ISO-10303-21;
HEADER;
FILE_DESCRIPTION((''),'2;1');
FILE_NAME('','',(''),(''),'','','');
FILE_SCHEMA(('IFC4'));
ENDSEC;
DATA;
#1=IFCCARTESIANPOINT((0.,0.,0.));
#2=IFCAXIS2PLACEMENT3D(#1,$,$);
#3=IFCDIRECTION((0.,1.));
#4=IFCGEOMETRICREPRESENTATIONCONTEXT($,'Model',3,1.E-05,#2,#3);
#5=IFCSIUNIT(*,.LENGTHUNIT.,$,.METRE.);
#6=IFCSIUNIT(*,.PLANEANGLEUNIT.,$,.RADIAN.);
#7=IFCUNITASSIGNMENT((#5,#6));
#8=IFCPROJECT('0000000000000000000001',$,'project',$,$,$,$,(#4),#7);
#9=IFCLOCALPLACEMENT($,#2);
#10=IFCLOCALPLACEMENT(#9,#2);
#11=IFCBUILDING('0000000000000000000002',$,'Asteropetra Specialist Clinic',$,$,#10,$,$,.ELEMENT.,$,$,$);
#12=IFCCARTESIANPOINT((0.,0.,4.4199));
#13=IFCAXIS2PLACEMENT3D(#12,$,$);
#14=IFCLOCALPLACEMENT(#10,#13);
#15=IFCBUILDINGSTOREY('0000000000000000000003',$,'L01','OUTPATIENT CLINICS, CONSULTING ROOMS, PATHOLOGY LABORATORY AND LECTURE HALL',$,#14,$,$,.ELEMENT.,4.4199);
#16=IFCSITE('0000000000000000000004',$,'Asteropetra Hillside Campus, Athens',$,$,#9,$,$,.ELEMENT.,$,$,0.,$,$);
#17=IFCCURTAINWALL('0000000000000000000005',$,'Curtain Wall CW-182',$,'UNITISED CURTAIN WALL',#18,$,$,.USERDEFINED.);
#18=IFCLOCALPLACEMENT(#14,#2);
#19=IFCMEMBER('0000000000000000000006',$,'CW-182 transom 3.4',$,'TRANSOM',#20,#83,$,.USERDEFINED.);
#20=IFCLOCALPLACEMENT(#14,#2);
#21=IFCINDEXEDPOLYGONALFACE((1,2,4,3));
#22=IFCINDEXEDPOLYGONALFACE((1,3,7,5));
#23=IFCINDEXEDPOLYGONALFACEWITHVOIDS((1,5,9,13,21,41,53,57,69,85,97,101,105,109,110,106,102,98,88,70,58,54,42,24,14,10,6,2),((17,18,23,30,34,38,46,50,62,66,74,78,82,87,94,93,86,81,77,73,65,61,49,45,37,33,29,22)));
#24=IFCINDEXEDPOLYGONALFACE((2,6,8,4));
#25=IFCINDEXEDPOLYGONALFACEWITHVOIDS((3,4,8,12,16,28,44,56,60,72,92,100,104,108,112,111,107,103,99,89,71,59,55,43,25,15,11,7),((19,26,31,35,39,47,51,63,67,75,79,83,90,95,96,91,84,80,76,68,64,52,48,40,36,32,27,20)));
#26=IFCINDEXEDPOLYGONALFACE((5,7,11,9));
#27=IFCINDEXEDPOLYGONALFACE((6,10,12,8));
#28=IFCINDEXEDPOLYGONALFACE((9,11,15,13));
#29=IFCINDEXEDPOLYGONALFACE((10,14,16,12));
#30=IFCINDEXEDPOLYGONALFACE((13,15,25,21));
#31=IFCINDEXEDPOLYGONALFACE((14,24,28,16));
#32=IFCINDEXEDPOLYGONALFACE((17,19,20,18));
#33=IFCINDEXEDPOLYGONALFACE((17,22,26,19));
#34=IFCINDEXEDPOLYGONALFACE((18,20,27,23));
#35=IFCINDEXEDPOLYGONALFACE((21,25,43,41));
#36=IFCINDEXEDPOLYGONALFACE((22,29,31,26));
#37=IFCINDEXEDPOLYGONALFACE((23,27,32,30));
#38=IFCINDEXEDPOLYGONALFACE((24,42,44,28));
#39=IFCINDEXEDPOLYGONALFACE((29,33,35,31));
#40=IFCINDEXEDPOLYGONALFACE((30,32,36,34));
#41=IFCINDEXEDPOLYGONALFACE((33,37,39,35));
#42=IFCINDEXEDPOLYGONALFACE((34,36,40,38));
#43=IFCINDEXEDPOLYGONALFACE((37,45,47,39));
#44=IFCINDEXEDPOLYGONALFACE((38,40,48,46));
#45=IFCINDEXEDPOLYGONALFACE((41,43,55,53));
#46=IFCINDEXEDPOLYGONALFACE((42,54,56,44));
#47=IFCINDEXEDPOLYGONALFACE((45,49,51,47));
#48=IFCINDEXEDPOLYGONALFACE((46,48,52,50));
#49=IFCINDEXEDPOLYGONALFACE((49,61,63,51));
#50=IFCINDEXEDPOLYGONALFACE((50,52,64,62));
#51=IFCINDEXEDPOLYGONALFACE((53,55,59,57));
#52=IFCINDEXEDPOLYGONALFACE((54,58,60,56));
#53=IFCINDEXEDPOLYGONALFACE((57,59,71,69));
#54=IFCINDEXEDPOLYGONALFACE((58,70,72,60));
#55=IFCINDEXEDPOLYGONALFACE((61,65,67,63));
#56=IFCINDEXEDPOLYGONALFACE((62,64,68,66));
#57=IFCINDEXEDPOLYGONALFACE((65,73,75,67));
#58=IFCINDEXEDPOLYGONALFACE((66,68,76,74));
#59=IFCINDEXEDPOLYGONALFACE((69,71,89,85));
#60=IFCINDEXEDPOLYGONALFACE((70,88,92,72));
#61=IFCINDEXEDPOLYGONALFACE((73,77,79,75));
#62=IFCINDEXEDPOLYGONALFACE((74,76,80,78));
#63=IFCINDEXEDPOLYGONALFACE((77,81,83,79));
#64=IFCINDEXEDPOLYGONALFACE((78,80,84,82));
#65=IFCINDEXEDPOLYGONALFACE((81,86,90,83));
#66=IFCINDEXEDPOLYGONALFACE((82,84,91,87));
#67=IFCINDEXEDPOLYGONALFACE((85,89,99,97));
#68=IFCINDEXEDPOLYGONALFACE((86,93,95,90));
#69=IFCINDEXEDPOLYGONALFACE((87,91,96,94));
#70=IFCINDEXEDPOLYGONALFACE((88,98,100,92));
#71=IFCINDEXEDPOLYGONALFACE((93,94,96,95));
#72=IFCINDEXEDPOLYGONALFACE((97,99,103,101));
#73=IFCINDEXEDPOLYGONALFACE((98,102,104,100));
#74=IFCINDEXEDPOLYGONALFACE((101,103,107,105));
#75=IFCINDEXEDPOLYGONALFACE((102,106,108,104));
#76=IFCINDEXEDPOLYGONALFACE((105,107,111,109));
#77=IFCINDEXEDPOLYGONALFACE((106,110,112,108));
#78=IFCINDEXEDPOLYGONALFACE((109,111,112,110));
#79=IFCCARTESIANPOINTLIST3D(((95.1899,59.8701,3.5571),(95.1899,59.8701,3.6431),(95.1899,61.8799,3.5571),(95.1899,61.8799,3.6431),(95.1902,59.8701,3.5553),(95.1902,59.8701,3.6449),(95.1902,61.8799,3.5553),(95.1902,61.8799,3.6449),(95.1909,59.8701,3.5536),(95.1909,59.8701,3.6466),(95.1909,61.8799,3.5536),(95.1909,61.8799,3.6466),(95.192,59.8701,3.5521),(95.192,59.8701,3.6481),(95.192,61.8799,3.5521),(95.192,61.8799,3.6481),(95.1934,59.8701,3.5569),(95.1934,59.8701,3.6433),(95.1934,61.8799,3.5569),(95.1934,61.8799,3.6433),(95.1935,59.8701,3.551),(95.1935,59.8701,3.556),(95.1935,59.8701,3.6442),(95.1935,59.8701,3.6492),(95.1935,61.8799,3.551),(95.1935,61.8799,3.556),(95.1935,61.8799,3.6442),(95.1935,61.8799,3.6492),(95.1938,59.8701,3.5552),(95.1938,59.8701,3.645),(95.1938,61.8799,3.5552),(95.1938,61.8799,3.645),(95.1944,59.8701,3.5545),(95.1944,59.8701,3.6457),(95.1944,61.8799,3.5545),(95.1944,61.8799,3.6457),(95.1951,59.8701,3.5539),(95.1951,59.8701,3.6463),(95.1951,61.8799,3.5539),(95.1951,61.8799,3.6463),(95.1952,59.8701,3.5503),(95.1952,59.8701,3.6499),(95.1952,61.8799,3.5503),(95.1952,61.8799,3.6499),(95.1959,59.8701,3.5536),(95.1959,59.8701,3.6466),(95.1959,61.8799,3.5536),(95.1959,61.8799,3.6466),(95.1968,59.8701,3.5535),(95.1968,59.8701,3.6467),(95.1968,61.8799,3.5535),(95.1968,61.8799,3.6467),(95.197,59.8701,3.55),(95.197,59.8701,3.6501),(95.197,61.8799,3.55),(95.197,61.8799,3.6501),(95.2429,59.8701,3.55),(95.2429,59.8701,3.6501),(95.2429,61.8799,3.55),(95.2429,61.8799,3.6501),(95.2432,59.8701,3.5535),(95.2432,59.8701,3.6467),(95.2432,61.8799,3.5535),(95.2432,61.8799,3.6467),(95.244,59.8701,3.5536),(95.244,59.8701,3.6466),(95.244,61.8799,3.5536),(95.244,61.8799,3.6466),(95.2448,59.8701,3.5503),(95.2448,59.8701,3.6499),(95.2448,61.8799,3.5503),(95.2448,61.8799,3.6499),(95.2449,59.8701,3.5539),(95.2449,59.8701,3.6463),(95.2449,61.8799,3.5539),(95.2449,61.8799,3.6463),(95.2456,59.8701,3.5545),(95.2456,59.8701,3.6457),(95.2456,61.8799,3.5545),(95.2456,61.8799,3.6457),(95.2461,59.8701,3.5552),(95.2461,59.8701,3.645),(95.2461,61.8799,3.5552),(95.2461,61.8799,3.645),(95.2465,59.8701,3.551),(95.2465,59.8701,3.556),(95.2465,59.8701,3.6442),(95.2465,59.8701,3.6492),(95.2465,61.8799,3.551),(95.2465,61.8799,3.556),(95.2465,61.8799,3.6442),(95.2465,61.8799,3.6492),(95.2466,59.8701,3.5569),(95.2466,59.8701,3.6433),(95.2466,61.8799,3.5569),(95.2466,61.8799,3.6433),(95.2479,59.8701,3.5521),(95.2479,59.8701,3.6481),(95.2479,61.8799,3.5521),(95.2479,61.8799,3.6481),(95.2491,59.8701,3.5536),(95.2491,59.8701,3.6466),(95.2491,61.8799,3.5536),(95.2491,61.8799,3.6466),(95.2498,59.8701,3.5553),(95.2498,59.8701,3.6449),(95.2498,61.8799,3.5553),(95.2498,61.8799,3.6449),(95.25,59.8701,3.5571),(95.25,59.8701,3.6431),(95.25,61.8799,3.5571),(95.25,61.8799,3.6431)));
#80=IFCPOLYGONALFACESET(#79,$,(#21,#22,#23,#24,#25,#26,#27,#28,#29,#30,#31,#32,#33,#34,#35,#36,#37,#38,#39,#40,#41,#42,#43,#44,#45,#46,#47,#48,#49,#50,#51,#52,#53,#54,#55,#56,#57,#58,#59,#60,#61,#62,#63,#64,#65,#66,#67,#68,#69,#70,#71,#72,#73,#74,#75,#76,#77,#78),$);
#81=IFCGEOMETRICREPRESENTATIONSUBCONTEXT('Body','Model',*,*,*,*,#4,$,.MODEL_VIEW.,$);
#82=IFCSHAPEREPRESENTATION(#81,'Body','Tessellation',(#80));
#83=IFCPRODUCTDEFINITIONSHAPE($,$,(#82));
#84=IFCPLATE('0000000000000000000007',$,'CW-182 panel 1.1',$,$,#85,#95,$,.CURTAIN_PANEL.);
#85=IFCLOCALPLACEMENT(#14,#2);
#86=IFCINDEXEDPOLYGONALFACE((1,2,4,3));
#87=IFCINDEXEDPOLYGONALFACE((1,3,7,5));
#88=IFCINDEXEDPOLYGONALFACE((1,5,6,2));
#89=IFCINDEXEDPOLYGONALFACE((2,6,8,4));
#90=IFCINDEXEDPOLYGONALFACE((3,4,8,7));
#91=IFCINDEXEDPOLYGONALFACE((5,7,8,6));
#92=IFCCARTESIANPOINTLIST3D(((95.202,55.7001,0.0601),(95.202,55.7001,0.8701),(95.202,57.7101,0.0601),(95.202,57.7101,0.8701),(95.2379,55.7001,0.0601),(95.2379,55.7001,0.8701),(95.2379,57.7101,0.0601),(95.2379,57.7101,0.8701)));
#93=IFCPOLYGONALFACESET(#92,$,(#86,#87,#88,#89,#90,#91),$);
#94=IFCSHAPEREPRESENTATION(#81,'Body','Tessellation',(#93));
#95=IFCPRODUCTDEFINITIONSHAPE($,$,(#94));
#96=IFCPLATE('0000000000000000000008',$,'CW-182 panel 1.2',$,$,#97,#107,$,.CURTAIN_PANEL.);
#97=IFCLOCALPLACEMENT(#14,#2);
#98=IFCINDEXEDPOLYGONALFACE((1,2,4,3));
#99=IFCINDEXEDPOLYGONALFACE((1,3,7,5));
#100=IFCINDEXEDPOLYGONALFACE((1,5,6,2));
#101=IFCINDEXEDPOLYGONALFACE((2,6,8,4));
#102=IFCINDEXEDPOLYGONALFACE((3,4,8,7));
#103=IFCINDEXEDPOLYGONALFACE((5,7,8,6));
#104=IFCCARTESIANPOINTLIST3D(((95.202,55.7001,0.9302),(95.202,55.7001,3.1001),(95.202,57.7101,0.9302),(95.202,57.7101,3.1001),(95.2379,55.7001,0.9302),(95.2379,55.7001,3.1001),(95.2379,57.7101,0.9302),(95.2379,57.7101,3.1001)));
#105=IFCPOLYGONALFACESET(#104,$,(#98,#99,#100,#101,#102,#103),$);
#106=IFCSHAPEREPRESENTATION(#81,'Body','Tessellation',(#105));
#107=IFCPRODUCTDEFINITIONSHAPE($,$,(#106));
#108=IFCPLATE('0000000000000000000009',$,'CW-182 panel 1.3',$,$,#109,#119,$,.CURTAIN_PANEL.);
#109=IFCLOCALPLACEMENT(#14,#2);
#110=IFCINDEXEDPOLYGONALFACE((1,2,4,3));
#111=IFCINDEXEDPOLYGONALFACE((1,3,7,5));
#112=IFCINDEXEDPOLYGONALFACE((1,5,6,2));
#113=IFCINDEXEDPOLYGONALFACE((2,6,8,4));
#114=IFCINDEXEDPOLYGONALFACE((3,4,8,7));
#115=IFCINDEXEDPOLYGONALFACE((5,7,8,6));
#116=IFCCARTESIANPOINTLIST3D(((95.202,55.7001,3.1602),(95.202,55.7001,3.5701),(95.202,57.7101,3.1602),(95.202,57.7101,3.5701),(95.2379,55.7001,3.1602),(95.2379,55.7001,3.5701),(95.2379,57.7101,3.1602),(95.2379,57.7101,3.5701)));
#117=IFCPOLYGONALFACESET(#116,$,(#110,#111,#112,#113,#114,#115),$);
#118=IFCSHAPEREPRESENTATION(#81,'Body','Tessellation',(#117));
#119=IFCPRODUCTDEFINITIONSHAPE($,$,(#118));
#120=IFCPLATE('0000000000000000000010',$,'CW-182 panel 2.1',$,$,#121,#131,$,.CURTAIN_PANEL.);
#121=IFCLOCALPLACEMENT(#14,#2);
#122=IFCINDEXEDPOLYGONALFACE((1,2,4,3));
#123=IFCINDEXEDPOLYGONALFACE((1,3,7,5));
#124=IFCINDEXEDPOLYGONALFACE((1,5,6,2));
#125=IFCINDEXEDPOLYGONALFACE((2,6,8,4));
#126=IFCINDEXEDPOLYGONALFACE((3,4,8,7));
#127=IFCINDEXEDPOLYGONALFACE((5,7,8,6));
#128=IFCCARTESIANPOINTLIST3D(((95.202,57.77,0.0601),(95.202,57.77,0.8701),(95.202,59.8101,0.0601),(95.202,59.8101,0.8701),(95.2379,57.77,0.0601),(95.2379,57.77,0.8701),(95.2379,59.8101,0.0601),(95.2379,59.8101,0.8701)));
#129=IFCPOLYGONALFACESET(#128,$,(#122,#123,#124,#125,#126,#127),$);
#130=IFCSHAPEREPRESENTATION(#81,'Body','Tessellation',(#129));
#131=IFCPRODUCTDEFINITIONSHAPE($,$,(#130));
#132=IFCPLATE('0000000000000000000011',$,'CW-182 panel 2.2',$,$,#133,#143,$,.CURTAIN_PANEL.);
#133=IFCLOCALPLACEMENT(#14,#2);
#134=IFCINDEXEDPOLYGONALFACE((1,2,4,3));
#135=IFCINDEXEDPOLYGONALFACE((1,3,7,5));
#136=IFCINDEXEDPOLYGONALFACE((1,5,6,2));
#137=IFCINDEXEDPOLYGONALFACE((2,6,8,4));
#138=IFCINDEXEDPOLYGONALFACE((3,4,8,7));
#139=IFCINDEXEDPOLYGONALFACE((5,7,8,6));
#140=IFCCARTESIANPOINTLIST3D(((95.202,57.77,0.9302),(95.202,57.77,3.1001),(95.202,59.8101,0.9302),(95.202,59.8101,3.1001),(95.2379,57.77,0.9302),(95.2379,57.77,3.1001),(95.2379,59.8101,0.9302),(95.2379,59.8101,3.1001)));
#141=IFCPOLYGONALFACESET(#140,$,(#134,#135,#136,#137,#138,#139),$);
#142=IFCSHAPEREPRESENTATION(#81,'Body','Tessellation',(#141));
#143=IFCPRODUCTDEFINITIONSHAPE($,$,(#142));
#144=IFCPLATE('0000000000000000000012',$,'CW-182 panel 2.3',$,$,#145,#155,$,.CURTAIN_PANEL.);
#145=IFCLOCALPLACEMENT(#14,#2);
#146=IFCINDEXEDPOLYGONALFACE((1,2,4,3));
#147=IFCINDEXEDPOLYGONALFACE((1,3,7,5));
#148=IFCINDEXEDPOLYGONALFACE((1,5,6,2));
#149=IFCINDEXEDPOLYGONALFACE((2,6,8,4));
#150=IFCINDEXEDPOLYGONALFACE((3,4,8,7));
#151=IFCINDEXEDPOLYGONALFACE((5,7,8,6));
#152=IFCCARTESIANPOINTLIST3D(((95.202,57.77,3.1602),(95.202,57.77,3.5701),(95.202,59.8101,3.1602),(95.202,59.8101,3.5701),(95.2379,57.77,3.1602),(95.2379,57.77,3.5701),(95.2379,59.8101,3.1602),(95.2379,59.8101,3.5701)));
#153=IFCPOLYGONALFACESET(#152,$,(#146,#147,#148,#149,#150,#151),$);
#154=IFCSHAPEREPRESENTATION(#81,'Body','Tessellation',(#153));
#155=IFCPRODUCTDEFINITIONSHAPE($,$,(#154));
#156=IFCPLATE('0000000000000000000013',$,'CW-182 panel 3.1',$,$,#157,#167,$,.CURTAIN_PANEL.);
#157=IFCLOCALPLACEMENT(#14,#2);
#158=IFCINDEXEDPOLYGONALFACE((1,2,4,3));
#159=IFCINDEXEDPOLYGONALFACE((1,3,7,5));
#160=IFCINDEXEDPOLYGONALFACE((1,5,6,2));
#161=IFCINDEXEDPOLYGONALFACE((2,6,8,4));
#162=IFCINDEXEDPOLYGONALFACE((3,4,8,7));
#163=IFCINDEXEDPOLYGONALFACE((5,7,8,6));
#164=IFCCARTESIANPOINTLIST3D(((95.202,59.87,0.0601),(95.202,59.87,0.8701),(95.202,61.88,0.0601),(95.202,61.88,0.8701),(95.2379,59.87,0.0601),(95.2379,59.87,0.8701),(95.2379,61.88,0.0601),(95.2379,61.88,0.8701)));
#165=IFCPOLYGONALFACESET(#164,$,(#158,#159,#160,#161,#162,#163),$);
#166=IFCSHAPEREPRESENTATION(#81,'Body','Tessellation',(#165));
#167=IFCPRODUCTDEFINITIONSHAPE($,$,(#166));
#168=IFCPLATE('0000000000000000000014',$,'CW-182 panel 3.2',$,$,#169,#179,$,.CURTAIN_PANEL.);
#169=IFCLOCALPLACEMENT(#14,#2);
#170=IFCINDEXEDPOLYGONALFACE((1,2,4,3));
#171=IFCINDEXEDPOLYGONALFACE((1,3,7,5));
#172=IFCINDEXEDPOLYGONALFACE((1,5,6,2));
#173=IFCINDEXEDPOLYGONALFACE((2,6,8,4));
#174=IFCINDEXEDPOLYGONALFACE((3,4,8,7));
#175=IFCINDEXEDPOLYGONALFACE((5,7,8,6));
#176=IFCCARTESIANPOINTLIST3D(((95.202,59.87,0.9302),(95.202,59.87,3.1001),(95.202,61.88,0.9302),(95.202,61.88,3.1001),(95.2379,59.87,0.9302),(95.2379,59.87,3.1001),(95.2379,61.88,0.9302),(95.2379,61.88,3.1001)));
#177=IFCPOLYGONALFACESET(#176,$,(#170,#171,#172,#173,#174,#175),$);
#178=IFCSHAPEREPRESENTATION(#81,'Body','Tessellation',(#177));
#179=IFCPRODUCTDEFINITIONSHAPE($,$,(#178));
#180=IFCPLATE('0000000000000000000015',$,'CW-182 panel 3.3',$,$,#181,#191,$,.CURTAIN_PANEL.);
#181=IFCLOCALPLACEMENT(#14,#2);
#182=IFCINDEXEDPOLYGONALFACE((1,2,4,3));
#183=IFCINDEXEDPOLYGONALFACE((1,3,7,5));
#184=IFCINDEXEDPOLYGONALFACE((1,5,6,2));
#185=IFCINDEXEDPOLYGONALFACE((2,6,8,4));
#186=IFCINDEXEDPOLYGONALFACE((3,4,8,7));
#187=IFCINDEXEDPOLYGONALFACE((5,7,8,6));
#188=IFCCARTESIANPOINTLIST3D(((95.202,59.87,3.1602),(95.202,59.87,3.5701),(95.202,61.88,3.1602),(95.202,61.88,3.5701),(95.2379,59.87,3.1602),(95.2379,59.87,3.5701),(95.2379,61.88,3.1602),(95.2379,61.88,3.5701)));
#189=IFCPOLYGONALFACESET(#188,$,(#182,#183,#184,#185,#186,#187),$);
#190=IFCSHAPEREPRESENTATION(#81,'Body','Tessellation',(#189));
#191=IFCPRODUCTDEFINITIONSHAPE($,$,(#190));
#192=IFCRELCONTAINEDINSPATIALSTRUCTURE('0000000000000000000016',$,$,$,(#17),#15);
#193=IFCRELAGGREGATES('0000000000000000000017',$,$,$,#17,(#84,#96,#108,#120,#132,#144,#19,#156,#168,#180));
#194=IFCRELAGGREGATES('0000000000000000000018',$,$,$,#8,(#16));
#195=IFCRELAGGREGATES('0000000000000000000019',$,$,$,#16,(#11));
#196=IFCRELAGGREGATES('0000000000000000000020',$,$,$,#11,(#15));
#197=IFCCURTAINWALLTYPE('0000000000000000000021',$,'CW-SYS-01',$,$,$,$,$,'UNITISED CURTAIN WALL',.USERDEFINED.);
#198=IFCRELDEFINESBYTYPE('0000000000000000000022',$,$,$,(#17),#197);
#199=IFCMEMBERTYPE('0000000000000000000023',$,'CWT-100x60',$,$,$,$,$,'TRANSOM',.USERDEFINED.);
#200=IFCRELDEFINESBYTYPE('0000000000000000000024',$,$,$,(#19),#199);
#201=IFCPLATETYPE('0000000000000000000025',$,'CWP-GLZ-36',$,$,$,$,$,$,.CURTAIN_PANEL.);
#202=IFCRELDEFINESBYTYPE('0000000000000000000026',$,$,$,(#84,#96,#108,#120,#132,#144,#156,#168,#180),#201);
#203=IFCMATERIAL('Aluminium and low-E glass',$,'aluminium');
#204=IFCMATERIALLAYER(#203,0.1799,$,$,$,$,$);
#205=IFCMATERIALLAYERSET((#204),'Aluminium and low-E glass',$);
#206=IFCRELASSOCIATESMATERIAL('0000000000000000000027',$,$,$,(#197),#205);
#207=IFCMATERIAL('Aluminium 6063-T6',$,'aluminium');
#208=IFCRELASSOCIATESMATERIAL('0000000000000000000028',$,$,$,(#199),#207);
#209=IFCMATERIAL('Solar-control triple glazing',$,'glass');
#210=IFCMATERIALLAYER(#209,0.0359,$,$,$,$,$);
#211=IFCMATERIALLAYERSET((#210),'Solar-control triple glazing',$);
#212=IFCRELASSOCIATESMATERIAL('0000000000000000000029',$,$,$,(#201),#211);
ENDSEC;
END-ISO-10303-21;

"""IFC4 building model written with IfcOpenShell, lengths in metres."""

from ifc_helpers import new_model, si_unit, direction, frame, origin, origin_2d, place, context, subcontext, project, spatial, rectangle, hollow_rectangle, extrude, material, layer, layer_set, material_profile, profile_set, type_object, element, aggregate, save


model = new_model("IFC4")

# Units and contexts
model_context = context("Model", 3, precision=1e-05, world=origin(), true_north=direction((0.0, 1.0)))
body_context = subcontext(model_context, "Body", "Model", "MODEL_VIEW")
ifc_project = project(units=[si_unit("LENGTHUNIT", "METRE"), si_unit("PLANEANGLEUNIT", "RADIAN")], contexts=[model_context])

# Site, building, storey
site_placement = place(None, origin())
site = spatial("IfcSite", under=ifc_project, at=site_placement, Name="Asteropetra Hillside Campus, Athens", CompositionType="ELEMENT", RefElevation=0.0)
building_placement = place(site_placement, origin())
building = spatial("IfcBuilding", under=site, at=building_placement, Name="Asteropetra Specialist Clinic", CompositionType="ELEMENT")
storey_placement = place(building_placement, frame((0.0, 0.0, 4.4199)))
storey = spatial("IfcBuildingStorey", under=building, at=storey_placement, Name="L01", Description="OUTPATIENT CLINICS, CONSULTING ROOMS, PATHOLOGY LABORATORY AND LECTURE HALL", CompositionType="ELEMENT", Elevation=4.4199)

# Curtain wall, member, plates
ifc_material_1 = material(Name="Aluminium and low-E glass", Category="aluminium")
ifc_layer_1 = layer(ifc_material_1, 0.1799)
ifc_layer_set_1 = layer_set([ifc_layer_1], Name="Aluminium and low-E glass")
curtain_wall_type = type_object("IfcCurtainWallType", Name="CW-SYS-01", ElementType="UNITISED CURTAIN WALL", PredefinedType="USERDEFINED", material=ifc_layer_set_1)
curtain_wall_placement = place(storey_placement, origin())
curtain_wall = element("IfcCurtainWall", 1, at=curtain_wall_placement, inside=storey, type_object=curtain_wall_type, Name="Curtain Wall CW-182", ObjectType="UNITISED CURTAIN WALL", PredefinedType="USERDEFINED")
ifc_material_2 = material(Name="Aluminium 6063-T6", Category="aluminium")
ifc_material_profile_1 = material_profile(ifc_material_2, hollow_rectangle(XDim=0.0601, YDim=0.1001, WallThickness=0.0034, InnerFilletRadius=0.0034, OuterFilletRadius=0.0071, at=origin_2d()), Name="TRN 100x60x3.5")
ifc_profile_set_1 = profile_set([ifc_material_profile_1], Name="Aluminium 6063-T6")
member_type_1 = type_object("IfcMemberType", Name="CWT-100x60", ElementType="TRANSOM", PredefinedType="USERDEFINED", material=ifc_profile_set_1)
member_1_placement = place(storey_placement, frame((95.22, 59.8701, 3.6001), z_axis=(0.0, 1.0, 0.0), x_axis=(-1.0, 0.0, 0.0)))
member_1 = element("IfcMember", 2, at=member_1_placement, type_object=member_type_1, Name="CW-182 transom 3.4", ObjectType="TRANSOM", PredefinedType="USERDEFINED", context=body_context, shape_type="SweptSolid", body=[
    extrude(hollow_rectangle(XDim=0.0601, YDim=0.1001, WallThickness=0.0034, InnerFilletRadius=0.0034, OuterFilletRadius=0.0071, at=origin_2d()), origin(), (0.0, 0.0, 1.0), 2.0098),
])
ifc_material_3 = material(Name="Solar-control triple glazing", Category="glass")
ifc_layer_2 = layer(ifc_material_3, 0.0359)
ifc_layer_set_2 = layer_set([ifc_layer_2], Name="Solar-control triple glazing")
plate_type = type_object("IfcPlateType", Name="CWP-GLZ-36", PredefinedType="CURTAIN_PANEL", material=ifc_layer_set_2)
plate_1_placement = place(storey_placement, frame((95.22, 56.7051, 0.0601), z_axis=(0.0, 0.0, 1.0), x_axis=(0.0, 1.0, 0.0)))
plate_1 = element("IfcPlate", 3, at=plate_1_placement, type_object=plate_type, Name="CW-182 panel 1.1", PredefinedType="CURTAIN_PANEL", context=body_context, shape_type="SweptSolid", body=[
    extrude(rectangle(XDim=2.01, YDim=0.0359, at=origin_2d()), origin(), (0.0, 0.0, 1.0), 0.8101),
])
plate_2_placement = place(storey_placement, frame((95.22, 56.7051, 0.9302), z_axis=(0.0, 0.0, 1.0), x_axis=(0.0, 1.0, 0.0)))
plate_2 = element("IfcPlate", 4, at=plate_2_placement, type_object=plate_type, Name="CW-182 panel 1.2", PredefinedType="CURTAIN_PANEL", context=body_context, shape_type="SweptSolid", body=[
    extrude(rectangle(XDim=2.01, YDim=0.0359, at=origin_2d()), origin(), (0.0, 0.0, 1.0), 2.1699),
])
plate_3_placement = place(storey_placement, frame((95.22, 56.7051, 3.1602), z_axis=(0.0, 0.0, 1.0), x_axis=(0.0, 1.0, 0.0)))
plate_3 = element("IfcPlate", 5, at=plate_3_placement, type_object=plate_type, Name="CW-182 panel 1.3", PredefinedType="CURTAIN_PANEL", context=body_context, shape_type="SweptSolid", body=[
    extrude(rectangle(XDim=2.01, YDim=0.0359, at=origin_2d()), origin(), (0.0, 0.0, 1.0), 0.4099),
])
plate_4_placement = place(storey_placement, frame((95.22, 58.79, 0.0601), z_axis=(0.0, 0.0, 1.0), x_axis=(0.0, 1.0, 0.0)))
plate_4 = element("IfcPlate", 6, at=plate_4_placement, type_object=plate_type, Name="CW-182 panel 2.1", PredefinedType="CURTAIN_PANEL", context=body_context, shape_type="SweptSolid", body=[
    extrude(rectangle(XDim=2.04, YDim=0.0359, at=origin_2d()), origin(), (0.0, 0.0, 1.0), 0.8101),
])
plate_5_placement = place(storey_placement, frame((95.22, 58.79, 0.9302), z_axis=(0.0, 0.0, 1.0), x_axis=(0.0, 1.0, 0.0)))
plate_5 = element("IfcPlate", 7, at=plate_5_placement, type_object=plate_type, Name="CW-182 panel 2.2", PredefinedType="CURTAIN_PANEL", context=body_context, shape_type="SweptSolid", body=[
    extrude(rectangle(XDim=2.04, YDim=0.0359, at=origin_2d()), origin(), (0.0, 0.0, 1.0), 2.1699),
])
plate_6_placement = place(storey_placement, frame((95.22, 58.79, 3.1602), z_axis=(0.0, 0.0, 1.0), x_axis=(0.0, 1.0, 0.0)))
plate_6 = element("IfcPlate", 8, at=plate_6_placement, type_object=plate_type, Name="CW-182 panel 2.3", PredefinedType="CURTAIN_PANEL", context=body_context, shape_type="SweptSolid", body=[
    extrude(rectangle(XDim=2.04, YDim=0.0359, at=origin_2d()), origin(), (0.0, 0.0, 1.0), 0.4099),
])
plate_7_placement = place(storey_placement, frame((95.22, 60.875, 0.0601), z_axis=(0.0, 0.0, 1.0), x_axis=(0.0, 1.0, 0.0)))
plate_7 = element("IfcPlate", 9, at=plate_7_placement, type_object=plate_type, Name="CW-182 panel 3.1", PredefinedType="CURTAIN_PANEL", context=body_context, shape_type="SweptSolid", body=[
    extrude(rectangle(XDim=2.01, YDim=0.0359, at=origin_2d()), origin(), (0.0, 0.0, 1.0), 0.8101),
])
plate_8_placement = place(storey_placement, frame((95.22, 60.875, 0.9302), z_axis=(0.0, 0.0, 1.0), x_axis=(0.0, 1.0, 0.0)))
plate_8 = element("IfcPlate", 10, at=plate_8_placement, type_object=plate_type, Name="CW-182 panel 3.2", PredefinedType="CURTAIN_PANEL", context=body_context, shape_type="SweptSolid", body=[
    extrude(rectangle(XDim=2.01, YDim=0.0359, at=origin_2d()), origin(), (0.0, 0.0, 1.0), 2.1699),
])
plate_9_placement = place(storey_placement, frame((95.22, 60.875, 3.1602), z_axis=(0.0, 0.0, 1.0), x_axis=(0.0, 1.0, 0.0)))
plate_9 = element("IfcPlate", 11, at=plate_9_placement, type_object=plate_type, Name="CW-182 panel 3.3", PredefinedType="CURTAIN_PANEL", context=body_context, shape_type="SweptSolid", body=[
    extrude(rectangle(XDim=2.01, YDim=0.0359, at=origin_2d()), origin(), (0.0, 0.0, 1.0), 0.4099),
])
aggregate(curtain_wall, [plate_1, plate_2, plate_3, plate_4, plate_5, plate_6, member_1, plate_7, plate_8, plate_9])

save(model, "model.ifc")
